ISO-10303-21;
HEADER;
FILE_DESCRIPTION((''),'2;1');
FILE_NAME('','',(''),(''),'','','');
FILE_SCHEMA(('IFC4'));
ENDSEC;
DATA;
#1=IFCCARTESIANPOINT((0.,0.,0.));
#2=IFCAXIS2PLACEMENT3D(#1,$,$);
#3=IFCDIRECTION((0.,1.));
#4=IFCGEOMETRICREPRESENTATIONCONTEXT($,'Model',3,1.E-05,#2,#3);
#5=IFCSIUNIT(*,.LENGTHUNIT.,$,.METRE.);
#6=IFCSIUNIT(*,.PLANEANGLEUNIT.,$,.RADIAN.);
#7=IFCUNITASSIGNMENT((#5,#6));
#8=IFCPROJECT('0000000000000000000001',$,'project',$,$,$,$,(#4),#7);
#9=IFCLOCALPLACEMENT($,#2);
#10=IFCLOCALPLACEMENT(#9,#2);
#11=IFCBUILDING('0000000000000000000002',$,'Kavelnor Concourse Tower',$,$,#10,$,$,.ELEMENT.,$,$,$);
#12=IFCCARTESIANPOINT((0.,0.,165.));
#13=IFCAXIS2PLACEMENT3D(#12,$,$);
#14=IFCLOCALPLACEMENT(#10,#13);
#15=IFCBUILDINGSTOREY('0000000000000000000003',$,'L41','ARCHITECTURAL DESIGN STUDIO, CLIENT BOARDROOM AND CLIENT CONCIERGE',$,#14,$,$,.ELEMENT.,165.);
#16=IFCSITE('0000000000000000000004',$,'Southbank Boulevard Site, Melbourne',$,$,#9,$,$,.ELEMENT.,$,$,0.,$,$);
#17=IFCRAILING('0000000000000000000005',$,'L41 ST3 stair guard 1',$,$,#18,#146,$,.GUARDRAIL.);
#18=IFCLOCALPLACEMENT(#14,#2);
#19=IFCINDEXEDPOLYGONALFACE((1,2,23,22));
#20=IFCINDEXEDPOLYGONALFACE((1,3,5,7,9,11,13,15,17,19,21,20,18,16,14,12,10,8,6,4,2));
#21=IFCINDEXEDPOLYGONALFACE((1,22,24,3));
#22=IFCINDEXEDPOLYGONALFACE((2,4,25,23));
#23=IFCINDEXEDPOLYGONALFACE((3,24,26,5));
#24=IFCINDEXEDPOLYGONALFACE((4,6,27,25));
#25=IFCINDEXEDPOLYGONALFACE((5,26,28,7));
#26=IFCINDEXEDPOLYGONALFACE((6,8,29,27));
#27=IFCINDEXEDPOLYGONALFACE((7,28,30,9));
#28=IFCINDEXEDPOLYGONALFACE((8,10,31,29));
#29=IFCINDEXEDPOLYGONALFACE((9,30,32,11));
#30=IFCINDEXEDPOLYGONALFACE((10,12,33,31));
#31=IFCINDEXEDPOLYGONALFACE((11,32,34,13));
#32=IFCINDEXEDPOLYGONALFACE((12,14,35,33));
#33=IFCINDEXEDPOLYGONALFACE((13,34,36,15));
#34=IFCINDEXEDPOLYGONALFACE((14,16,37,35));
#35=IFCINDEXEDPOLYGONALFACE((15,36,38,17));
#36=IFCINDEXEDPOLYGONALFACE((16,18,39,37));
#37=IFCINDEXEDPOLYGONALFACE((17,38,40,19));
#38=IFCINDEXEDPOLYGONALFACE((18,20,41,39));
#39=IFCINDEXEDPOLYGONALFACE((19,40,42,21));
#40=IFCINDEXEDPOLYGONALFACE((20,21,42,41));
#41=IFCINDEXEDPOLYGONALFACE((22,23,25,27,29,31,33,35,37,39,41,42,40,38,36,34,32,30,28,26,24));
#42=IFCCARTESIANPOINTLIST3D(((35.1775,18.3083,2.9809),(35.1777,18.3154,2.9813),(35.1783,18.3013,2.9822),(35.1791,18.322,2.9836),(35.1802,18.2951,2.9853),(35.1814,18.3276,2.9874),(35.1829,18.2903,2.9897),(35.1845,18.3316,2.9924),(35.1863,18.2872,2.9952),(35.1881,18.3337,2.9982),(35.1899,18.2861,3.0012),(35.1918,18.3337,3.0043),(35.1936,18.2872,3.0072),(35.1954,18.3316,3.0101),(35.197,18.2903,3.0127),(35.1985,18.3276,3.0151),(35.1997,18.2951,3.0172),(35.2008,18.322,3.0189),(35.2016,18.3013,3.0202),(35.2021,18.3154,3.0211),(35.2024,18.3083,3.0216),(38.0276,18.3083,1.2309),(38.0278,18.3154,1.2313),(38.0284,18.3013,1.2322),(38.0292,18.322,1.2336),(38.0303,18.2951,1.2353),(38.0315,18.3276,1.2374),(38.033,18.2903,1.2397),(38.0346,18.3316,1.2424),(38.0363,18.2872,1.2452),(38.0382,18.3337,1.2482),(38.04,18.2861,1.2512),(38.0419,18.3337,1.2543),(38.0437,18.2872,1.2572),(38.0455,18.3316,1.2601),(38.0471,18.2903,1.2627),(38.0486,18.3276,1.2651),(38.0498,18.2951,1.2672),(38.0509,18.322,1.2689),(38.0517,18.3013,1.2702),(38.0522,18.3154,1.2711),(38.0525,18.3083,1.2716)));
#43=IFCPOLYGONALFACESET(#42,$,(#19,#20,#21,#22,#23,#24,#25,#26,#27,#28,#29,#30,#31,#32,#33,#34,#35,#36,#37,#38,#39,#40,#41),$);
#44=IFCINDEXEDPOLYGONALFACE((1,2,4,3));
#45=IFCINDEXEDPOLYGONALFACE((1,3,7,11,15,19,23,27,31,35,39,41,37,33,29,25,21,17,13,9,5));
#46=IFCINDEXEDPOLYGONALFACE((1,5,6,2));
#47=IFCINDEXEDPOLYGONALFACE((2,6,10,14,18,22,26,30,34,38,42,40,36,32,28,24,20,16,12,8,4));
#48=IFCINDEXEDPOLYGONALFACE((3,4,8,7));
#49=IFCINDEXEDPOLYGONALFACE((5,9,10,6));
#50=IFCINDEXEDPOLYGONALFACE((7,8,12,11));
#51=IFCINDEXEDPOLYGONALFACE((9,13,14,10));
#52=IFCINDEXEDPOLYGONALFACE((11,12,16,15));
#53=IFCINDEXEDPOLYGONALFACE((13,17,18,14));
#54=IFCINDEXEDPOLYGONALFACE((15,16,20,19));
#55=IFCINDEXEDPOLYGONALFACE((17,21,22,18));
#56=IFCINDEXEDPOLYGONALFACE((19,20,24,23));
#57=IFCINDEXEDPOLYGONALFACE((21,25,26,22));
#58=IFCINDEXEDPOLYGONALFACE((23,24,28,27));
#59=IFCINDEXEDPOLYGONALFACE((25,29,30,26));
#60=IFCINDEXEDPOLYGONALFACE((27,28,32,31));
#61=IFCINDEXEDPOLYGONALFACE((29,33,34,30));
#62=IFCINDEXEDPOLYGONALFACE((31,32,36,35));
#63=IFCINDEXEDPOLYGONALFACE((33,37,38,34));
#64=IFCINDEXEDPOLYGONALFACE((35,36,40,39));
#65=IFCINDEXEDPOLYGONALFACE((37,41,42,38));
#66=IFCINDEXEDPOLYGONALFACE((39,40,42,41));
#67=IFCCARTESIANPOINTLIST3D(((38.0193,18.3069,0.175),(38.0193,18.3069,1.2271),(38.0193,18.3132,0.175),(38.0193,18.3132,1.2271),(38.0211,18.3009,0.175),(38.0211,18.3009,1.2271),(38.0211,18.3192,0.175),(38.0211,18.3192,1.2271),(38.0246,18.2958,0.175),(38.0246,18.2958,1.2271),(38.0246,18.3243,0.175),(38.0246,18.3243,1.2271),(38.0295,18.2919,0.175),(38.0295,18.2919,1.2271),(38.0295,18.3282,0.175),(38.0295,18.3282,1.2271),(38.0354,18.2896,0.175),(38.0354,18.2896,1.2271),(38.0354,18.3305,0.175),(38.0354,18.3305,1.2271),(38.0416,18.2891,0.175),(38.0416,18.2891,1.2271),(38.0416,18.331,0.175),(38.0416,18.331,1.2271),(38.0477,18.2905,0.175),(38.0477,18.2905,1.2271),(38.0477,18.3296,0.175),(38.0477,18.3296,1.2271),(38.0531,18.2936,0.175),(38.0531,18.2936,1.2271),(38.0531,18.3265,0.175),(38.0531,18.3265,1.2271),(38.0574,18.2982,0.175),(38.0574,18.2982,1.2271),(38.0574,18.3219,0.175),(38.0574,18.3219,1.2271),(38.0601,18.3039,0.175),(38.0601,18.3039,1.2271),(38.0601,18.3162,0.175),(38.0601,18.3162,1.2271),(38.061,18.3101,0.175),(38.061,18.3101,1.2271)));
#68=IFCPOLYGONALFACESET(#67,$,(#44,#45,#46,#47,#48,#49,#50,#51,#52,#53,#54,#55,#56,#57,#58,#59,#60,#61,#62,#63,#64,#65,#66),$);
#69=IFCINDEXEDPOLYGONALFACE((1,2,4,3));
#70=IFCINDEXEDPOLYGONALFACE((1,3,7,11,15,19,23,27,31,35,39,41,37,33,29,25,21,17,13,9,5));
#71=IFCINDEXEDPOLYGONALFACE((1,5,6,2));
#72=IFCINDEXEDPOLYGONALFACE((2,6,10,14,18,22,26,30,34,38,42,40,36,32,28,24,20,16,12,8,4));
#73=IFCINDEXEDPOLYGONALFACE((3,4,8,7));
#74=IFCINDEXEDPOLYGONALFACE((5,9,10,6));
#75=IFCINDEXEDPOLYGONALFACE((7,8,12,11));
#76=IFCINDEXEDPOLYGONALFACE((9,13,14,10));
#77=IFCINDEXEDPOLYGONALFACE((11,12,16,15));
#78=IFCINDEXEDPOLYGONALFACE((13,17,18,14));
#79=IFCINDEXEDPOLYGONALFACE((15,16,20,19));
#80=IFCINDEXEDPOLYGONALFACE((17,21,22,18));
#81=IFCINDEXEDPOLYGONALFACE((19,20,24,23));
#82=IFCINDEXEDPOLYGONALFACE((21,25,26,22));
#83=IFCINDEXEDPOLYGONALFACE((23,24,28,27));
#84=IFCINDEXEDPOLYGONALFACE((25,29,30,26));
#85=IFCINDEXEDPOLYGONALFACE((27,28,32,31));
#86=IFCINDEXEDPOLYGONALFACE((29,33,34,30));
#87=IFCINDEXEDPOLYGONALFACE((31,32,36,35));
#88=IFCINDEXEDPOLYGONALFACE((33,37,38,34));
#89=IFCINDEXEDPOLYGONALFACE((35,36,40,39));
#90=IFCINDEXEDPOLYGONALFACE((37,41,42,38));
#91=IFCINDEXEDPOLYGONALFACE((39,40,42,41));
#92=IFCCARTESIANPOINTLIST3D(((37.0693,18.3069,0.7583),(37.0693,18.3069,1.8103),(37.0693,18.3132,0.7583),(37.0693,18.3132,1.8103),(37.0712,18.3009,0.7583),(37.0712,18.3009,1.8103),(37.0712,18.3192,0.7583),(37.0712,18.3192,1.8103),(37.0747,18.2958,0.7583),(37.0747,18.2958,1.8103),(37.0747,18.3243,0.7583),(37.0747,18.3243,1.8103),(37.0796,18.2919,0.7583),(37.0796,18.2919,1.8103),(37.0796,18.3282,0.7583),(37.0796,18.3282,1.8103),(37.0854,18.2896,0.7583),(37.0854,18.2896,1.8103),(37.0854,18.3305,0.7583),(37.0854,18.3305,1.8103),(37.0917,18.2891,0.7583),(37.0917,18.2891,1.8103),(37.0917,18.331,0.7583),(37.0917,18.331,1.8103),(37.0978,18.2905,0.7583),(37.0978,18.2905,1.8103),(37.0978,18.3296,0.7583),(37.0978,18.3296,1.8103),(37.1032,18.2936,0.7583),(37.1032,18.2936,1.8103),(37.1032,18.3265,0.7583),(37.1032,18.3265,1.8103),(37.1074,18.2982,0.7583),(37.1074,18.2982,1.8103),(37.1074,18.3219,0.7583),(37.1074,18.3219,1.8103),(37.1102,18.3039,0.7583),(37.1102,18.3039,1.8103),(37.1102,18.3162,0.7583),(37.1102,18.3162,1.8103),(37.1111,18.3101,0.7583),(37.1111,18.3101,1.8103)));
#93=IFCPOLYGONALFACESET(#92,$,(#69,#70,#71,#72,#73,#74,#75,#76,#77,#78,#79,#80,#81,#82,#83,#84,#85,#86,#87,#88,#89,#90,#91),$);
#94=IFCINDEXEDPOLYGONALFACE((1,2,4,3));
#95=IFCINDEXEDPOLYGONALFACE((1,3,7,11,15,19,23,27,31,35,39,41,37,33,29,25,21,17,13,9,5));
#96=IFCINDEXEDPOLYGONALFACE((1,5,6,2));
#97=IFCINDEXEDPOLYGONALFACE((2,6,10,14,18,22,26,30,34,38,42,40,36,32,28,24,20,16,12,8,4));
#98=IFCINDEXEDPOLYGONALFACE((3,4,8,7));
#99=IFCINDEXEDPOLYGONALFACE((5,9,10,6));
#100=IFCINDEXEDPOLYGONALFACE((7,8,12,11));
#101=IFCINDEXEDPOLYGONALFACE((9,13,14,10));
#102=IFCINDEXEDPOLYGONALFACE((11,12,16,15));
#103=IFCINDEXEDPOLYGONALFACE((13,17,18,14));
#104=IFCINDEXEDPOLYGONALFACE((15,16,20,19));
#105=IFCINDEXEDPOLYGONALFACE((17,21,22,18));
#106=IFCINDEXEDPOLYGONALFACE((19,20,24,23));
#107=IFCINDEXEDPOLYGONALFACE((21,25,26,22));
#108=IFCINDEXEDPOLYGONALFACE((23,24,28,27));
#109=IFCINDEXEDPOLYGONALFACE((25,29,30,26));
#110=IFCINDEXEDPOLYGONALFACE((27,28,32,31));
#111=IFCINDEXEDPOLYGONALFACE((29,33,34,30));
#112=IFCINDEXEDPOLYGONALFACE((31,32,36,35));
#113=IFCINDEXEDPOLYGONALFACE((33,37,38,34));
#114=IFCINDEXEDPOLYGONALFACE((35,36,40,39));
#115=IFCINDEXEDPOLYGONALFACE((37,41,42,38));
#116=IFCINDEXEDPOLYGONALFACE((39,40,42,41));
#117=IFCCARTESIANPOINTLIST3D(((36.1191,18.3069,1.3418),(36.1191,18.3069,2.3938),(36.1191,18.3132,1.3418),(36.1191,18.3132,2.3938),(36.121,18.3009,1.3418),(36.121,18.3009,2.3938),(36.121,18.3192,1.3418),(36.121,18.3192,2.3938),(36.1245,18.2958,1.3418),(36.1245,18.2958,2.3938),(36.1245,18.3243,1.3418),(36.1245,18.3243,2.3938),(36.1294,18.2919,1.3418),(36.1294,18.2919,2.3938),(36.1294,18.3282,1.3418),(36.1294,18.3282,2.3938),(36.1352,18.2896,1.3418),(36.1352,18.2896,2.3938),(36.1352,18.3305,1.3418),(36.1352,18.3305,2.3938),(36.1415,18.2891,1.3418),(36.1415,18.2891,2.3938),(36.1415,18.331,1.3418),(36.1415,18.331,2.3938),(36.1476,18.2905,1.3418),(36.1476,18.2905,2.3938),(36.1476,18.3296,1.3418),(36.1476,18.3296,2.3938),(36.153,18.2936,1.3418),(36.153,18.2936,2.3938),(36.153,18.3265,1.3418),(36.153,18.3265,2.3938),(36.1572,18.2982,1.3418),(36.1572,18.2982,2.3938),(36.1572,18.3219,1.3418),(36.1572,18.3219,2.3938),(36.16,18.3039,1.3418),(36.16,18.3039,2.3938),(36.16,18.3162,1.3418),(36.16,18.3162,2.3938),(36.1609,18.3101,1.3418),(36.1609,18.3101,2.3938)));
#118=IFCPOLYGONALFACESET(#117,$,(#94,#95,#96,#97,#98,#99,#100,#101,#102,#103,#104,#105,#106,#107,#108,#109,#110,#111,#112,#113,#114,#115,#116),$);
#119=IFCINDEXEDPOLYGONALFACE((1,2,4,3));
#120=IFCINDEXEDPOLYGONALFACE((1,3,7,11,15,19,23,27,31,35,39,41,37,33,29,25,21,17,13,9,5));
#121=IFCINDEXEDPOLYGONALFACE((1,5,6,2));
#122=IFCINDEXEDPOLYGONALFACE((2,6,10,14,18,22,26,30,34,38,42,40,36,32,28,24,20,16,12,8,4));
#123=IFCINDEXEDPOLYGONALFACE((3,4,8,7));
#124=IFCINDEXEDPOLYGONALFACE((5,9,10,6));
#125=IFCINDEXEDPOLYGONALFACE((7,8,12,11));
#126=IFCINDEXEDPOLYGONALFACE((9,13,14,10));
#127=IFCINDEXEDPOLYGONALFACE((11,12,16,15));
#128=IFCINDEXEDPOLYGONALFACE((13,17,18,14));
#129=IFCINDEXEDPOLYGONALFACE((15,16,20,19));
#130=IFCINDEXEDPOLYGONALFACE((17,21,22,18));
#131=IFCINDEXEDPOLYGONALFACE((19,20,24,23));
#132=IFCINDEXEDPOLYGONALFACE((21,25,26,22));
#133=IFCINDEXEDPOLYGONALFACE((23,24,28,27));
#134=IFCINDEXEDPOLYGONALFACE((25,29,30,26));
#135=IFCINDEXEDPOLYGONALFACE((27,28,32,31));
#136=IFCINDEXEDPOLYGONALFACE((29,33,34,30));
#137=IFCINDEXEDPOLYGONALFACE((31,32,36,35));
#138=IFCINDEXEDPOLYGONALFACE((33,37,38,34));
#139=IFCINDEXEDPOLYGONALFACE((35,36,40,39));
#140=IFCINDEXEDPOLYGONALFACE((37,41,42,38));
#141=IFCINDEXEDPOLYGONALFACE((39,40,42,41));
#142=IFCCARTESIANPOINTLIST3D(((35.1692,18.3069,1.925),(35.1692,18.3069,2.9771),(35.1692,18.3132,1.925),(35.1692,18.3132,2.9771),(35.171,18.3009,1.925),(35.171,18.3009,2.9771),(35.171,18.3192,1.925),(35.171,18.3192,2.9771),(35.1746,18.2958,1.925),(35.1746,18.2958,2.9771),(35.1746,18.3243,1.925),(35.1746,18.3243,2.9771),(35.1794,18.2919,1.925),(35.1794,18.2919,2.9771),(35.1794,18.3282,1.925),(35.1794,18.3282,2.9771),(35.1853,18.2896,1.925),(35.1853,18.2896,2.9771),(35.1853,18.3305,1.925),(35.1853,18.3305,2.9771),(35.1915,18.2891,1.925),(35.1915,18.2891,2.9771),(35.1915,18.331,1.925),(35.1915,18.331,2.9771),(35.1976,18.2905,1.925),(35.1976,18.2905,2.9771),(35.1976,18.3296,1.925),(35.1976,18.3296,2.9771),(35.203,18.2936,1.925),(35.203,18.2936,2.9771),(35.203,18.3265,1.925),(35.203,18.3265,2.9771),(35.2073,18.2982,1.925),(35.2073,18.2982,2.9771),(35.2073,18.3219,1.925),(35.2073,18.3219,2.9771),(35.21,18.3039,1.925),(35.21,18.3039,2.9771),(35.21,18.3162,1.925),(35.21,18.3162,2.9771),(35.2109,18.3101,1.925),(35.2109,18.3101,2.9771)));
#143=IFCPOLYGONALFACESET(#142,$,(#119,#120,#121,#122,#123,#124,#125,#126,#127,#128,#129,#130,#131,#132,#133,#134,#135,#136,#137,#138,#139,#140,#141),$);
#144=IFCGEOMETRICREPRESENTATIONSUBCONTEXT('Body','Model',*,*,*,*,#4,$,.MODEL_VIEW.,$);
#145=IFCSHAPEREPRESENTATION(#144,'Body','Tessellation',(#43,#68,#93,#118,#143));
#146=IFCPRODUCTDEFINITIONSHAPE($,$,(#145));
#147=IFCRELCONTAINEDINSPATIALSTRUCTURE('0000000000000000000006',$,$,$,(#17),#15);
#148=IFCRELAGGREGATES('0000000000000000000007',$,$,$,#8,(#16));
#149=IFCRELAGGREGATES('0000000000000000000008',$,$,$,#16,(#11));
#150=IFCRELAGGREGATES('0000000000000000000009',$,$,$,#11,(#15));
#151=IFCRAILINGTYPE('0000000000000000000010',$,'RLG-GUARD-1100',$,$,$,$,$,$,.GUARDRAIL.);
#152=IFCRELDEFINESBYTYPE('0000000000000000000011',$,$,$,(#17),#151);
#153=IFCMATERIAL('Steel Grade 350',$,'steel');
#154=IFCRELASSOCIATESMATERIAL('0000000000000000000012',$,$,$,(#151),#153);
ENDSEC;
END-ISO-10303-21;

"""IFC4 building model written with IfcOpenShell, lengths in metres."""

from ifc_helpers import new_model, si_unit, direction, frame, origin, origin_2d, place, context, subcontext, project, spatial, circle, extrude, material, type_object, element, save


model = new_model("IFC4")

# Units and contexts
model_context = context("Model", 3, precision=1e-05, world=origin(), true_north=direction((0.0, 1.0)))
body_context = subcontext(model_context, "Body", "Model", "MODEL_VIEW")
ifc_project = project(units=[si_unit("LENGTHUNIT", "METRE"), si_unit("PLANEANGLEUNIT", "RADIAN")], contexts=[model_context])

# Site, building, storey
site_placement = place(None, origin())
site = spatial("IfcSite", under=ifc_project, at=site_placement, Name="Southbank Boulevard Site, Melbourne", CompositionType="ELEMENT", RefElevation=0.0)
building_placement = place(site_placement, origin())
building = spatial("IfcBuilding", under=site, at=building_placement, Name="Kavelnor Concourse Tower", CompositionType="ELEMENT")
storey_placement = place(building_placement, frame((0.0, 0.0, 165.0)))
storey = spatial("IfcBuildingStorey", under=building, at=storey_placement, Name="L41", Description="ARCHITECTURAL DESIGN STUDIO, CLIENT BOARDROOM AND CLIENT CONCIERGE", CompositionType="ELEMENT", Elevation=165.0)

# Shared definitions
ifc_material_1 = material(Name="Steel Grade 350", Category="steel")

# Railing
railing_type_1 = type_object("IfcRailingType", Name="RLG-GUARD-1100", PredefinedType="GUARDRAIL", material=ifc_material_1)
railing_1_placement = place(storey_placement, frame((38.04, 18.3101, 0.175)))
element("IfcRailing", 1, at=railing_1_placement, inside=storey, type_object=railing_type_1, Name="L41 ST3 stair guard 1", PredefinedType="GUARDRAIL", context=body_context, shape_type="SweptSolid", body=[
    extrude(circle(Radius=0.0239, at=origin_2d()), frame((0.0, 0.0, 1.0762), z_axis=(-0.852179, 0.0, 0.52325), x_axis=(0.0, -1.0, 0.0)), (0.0, 0.0, 1.0), 3.3445),
    extrude(circle(Radius=0.021, at=origin_2d()), origin(), (0.0, 0.0, 1.0), 1.052),
    extrude(circle(Radius=0.021, at=origin_2d()), frame((-0.95, 0.0, 0.5833)), (0.0, 0.0, 1.0), 1.052),
    extrude(circle(Radius=0.021, at=origin_2d()), frame((-1.9001, 0.0, 1.1667)), (0.0, 0.0, 1.0), 1.052),
    extrude(circle(Radius=0.021, at=origin_2d()), frame((-2.8501, 0.0, 1.75)), (0.0, 0.0, 1.0), 1.052),
])

save(model, "model.ifc")
